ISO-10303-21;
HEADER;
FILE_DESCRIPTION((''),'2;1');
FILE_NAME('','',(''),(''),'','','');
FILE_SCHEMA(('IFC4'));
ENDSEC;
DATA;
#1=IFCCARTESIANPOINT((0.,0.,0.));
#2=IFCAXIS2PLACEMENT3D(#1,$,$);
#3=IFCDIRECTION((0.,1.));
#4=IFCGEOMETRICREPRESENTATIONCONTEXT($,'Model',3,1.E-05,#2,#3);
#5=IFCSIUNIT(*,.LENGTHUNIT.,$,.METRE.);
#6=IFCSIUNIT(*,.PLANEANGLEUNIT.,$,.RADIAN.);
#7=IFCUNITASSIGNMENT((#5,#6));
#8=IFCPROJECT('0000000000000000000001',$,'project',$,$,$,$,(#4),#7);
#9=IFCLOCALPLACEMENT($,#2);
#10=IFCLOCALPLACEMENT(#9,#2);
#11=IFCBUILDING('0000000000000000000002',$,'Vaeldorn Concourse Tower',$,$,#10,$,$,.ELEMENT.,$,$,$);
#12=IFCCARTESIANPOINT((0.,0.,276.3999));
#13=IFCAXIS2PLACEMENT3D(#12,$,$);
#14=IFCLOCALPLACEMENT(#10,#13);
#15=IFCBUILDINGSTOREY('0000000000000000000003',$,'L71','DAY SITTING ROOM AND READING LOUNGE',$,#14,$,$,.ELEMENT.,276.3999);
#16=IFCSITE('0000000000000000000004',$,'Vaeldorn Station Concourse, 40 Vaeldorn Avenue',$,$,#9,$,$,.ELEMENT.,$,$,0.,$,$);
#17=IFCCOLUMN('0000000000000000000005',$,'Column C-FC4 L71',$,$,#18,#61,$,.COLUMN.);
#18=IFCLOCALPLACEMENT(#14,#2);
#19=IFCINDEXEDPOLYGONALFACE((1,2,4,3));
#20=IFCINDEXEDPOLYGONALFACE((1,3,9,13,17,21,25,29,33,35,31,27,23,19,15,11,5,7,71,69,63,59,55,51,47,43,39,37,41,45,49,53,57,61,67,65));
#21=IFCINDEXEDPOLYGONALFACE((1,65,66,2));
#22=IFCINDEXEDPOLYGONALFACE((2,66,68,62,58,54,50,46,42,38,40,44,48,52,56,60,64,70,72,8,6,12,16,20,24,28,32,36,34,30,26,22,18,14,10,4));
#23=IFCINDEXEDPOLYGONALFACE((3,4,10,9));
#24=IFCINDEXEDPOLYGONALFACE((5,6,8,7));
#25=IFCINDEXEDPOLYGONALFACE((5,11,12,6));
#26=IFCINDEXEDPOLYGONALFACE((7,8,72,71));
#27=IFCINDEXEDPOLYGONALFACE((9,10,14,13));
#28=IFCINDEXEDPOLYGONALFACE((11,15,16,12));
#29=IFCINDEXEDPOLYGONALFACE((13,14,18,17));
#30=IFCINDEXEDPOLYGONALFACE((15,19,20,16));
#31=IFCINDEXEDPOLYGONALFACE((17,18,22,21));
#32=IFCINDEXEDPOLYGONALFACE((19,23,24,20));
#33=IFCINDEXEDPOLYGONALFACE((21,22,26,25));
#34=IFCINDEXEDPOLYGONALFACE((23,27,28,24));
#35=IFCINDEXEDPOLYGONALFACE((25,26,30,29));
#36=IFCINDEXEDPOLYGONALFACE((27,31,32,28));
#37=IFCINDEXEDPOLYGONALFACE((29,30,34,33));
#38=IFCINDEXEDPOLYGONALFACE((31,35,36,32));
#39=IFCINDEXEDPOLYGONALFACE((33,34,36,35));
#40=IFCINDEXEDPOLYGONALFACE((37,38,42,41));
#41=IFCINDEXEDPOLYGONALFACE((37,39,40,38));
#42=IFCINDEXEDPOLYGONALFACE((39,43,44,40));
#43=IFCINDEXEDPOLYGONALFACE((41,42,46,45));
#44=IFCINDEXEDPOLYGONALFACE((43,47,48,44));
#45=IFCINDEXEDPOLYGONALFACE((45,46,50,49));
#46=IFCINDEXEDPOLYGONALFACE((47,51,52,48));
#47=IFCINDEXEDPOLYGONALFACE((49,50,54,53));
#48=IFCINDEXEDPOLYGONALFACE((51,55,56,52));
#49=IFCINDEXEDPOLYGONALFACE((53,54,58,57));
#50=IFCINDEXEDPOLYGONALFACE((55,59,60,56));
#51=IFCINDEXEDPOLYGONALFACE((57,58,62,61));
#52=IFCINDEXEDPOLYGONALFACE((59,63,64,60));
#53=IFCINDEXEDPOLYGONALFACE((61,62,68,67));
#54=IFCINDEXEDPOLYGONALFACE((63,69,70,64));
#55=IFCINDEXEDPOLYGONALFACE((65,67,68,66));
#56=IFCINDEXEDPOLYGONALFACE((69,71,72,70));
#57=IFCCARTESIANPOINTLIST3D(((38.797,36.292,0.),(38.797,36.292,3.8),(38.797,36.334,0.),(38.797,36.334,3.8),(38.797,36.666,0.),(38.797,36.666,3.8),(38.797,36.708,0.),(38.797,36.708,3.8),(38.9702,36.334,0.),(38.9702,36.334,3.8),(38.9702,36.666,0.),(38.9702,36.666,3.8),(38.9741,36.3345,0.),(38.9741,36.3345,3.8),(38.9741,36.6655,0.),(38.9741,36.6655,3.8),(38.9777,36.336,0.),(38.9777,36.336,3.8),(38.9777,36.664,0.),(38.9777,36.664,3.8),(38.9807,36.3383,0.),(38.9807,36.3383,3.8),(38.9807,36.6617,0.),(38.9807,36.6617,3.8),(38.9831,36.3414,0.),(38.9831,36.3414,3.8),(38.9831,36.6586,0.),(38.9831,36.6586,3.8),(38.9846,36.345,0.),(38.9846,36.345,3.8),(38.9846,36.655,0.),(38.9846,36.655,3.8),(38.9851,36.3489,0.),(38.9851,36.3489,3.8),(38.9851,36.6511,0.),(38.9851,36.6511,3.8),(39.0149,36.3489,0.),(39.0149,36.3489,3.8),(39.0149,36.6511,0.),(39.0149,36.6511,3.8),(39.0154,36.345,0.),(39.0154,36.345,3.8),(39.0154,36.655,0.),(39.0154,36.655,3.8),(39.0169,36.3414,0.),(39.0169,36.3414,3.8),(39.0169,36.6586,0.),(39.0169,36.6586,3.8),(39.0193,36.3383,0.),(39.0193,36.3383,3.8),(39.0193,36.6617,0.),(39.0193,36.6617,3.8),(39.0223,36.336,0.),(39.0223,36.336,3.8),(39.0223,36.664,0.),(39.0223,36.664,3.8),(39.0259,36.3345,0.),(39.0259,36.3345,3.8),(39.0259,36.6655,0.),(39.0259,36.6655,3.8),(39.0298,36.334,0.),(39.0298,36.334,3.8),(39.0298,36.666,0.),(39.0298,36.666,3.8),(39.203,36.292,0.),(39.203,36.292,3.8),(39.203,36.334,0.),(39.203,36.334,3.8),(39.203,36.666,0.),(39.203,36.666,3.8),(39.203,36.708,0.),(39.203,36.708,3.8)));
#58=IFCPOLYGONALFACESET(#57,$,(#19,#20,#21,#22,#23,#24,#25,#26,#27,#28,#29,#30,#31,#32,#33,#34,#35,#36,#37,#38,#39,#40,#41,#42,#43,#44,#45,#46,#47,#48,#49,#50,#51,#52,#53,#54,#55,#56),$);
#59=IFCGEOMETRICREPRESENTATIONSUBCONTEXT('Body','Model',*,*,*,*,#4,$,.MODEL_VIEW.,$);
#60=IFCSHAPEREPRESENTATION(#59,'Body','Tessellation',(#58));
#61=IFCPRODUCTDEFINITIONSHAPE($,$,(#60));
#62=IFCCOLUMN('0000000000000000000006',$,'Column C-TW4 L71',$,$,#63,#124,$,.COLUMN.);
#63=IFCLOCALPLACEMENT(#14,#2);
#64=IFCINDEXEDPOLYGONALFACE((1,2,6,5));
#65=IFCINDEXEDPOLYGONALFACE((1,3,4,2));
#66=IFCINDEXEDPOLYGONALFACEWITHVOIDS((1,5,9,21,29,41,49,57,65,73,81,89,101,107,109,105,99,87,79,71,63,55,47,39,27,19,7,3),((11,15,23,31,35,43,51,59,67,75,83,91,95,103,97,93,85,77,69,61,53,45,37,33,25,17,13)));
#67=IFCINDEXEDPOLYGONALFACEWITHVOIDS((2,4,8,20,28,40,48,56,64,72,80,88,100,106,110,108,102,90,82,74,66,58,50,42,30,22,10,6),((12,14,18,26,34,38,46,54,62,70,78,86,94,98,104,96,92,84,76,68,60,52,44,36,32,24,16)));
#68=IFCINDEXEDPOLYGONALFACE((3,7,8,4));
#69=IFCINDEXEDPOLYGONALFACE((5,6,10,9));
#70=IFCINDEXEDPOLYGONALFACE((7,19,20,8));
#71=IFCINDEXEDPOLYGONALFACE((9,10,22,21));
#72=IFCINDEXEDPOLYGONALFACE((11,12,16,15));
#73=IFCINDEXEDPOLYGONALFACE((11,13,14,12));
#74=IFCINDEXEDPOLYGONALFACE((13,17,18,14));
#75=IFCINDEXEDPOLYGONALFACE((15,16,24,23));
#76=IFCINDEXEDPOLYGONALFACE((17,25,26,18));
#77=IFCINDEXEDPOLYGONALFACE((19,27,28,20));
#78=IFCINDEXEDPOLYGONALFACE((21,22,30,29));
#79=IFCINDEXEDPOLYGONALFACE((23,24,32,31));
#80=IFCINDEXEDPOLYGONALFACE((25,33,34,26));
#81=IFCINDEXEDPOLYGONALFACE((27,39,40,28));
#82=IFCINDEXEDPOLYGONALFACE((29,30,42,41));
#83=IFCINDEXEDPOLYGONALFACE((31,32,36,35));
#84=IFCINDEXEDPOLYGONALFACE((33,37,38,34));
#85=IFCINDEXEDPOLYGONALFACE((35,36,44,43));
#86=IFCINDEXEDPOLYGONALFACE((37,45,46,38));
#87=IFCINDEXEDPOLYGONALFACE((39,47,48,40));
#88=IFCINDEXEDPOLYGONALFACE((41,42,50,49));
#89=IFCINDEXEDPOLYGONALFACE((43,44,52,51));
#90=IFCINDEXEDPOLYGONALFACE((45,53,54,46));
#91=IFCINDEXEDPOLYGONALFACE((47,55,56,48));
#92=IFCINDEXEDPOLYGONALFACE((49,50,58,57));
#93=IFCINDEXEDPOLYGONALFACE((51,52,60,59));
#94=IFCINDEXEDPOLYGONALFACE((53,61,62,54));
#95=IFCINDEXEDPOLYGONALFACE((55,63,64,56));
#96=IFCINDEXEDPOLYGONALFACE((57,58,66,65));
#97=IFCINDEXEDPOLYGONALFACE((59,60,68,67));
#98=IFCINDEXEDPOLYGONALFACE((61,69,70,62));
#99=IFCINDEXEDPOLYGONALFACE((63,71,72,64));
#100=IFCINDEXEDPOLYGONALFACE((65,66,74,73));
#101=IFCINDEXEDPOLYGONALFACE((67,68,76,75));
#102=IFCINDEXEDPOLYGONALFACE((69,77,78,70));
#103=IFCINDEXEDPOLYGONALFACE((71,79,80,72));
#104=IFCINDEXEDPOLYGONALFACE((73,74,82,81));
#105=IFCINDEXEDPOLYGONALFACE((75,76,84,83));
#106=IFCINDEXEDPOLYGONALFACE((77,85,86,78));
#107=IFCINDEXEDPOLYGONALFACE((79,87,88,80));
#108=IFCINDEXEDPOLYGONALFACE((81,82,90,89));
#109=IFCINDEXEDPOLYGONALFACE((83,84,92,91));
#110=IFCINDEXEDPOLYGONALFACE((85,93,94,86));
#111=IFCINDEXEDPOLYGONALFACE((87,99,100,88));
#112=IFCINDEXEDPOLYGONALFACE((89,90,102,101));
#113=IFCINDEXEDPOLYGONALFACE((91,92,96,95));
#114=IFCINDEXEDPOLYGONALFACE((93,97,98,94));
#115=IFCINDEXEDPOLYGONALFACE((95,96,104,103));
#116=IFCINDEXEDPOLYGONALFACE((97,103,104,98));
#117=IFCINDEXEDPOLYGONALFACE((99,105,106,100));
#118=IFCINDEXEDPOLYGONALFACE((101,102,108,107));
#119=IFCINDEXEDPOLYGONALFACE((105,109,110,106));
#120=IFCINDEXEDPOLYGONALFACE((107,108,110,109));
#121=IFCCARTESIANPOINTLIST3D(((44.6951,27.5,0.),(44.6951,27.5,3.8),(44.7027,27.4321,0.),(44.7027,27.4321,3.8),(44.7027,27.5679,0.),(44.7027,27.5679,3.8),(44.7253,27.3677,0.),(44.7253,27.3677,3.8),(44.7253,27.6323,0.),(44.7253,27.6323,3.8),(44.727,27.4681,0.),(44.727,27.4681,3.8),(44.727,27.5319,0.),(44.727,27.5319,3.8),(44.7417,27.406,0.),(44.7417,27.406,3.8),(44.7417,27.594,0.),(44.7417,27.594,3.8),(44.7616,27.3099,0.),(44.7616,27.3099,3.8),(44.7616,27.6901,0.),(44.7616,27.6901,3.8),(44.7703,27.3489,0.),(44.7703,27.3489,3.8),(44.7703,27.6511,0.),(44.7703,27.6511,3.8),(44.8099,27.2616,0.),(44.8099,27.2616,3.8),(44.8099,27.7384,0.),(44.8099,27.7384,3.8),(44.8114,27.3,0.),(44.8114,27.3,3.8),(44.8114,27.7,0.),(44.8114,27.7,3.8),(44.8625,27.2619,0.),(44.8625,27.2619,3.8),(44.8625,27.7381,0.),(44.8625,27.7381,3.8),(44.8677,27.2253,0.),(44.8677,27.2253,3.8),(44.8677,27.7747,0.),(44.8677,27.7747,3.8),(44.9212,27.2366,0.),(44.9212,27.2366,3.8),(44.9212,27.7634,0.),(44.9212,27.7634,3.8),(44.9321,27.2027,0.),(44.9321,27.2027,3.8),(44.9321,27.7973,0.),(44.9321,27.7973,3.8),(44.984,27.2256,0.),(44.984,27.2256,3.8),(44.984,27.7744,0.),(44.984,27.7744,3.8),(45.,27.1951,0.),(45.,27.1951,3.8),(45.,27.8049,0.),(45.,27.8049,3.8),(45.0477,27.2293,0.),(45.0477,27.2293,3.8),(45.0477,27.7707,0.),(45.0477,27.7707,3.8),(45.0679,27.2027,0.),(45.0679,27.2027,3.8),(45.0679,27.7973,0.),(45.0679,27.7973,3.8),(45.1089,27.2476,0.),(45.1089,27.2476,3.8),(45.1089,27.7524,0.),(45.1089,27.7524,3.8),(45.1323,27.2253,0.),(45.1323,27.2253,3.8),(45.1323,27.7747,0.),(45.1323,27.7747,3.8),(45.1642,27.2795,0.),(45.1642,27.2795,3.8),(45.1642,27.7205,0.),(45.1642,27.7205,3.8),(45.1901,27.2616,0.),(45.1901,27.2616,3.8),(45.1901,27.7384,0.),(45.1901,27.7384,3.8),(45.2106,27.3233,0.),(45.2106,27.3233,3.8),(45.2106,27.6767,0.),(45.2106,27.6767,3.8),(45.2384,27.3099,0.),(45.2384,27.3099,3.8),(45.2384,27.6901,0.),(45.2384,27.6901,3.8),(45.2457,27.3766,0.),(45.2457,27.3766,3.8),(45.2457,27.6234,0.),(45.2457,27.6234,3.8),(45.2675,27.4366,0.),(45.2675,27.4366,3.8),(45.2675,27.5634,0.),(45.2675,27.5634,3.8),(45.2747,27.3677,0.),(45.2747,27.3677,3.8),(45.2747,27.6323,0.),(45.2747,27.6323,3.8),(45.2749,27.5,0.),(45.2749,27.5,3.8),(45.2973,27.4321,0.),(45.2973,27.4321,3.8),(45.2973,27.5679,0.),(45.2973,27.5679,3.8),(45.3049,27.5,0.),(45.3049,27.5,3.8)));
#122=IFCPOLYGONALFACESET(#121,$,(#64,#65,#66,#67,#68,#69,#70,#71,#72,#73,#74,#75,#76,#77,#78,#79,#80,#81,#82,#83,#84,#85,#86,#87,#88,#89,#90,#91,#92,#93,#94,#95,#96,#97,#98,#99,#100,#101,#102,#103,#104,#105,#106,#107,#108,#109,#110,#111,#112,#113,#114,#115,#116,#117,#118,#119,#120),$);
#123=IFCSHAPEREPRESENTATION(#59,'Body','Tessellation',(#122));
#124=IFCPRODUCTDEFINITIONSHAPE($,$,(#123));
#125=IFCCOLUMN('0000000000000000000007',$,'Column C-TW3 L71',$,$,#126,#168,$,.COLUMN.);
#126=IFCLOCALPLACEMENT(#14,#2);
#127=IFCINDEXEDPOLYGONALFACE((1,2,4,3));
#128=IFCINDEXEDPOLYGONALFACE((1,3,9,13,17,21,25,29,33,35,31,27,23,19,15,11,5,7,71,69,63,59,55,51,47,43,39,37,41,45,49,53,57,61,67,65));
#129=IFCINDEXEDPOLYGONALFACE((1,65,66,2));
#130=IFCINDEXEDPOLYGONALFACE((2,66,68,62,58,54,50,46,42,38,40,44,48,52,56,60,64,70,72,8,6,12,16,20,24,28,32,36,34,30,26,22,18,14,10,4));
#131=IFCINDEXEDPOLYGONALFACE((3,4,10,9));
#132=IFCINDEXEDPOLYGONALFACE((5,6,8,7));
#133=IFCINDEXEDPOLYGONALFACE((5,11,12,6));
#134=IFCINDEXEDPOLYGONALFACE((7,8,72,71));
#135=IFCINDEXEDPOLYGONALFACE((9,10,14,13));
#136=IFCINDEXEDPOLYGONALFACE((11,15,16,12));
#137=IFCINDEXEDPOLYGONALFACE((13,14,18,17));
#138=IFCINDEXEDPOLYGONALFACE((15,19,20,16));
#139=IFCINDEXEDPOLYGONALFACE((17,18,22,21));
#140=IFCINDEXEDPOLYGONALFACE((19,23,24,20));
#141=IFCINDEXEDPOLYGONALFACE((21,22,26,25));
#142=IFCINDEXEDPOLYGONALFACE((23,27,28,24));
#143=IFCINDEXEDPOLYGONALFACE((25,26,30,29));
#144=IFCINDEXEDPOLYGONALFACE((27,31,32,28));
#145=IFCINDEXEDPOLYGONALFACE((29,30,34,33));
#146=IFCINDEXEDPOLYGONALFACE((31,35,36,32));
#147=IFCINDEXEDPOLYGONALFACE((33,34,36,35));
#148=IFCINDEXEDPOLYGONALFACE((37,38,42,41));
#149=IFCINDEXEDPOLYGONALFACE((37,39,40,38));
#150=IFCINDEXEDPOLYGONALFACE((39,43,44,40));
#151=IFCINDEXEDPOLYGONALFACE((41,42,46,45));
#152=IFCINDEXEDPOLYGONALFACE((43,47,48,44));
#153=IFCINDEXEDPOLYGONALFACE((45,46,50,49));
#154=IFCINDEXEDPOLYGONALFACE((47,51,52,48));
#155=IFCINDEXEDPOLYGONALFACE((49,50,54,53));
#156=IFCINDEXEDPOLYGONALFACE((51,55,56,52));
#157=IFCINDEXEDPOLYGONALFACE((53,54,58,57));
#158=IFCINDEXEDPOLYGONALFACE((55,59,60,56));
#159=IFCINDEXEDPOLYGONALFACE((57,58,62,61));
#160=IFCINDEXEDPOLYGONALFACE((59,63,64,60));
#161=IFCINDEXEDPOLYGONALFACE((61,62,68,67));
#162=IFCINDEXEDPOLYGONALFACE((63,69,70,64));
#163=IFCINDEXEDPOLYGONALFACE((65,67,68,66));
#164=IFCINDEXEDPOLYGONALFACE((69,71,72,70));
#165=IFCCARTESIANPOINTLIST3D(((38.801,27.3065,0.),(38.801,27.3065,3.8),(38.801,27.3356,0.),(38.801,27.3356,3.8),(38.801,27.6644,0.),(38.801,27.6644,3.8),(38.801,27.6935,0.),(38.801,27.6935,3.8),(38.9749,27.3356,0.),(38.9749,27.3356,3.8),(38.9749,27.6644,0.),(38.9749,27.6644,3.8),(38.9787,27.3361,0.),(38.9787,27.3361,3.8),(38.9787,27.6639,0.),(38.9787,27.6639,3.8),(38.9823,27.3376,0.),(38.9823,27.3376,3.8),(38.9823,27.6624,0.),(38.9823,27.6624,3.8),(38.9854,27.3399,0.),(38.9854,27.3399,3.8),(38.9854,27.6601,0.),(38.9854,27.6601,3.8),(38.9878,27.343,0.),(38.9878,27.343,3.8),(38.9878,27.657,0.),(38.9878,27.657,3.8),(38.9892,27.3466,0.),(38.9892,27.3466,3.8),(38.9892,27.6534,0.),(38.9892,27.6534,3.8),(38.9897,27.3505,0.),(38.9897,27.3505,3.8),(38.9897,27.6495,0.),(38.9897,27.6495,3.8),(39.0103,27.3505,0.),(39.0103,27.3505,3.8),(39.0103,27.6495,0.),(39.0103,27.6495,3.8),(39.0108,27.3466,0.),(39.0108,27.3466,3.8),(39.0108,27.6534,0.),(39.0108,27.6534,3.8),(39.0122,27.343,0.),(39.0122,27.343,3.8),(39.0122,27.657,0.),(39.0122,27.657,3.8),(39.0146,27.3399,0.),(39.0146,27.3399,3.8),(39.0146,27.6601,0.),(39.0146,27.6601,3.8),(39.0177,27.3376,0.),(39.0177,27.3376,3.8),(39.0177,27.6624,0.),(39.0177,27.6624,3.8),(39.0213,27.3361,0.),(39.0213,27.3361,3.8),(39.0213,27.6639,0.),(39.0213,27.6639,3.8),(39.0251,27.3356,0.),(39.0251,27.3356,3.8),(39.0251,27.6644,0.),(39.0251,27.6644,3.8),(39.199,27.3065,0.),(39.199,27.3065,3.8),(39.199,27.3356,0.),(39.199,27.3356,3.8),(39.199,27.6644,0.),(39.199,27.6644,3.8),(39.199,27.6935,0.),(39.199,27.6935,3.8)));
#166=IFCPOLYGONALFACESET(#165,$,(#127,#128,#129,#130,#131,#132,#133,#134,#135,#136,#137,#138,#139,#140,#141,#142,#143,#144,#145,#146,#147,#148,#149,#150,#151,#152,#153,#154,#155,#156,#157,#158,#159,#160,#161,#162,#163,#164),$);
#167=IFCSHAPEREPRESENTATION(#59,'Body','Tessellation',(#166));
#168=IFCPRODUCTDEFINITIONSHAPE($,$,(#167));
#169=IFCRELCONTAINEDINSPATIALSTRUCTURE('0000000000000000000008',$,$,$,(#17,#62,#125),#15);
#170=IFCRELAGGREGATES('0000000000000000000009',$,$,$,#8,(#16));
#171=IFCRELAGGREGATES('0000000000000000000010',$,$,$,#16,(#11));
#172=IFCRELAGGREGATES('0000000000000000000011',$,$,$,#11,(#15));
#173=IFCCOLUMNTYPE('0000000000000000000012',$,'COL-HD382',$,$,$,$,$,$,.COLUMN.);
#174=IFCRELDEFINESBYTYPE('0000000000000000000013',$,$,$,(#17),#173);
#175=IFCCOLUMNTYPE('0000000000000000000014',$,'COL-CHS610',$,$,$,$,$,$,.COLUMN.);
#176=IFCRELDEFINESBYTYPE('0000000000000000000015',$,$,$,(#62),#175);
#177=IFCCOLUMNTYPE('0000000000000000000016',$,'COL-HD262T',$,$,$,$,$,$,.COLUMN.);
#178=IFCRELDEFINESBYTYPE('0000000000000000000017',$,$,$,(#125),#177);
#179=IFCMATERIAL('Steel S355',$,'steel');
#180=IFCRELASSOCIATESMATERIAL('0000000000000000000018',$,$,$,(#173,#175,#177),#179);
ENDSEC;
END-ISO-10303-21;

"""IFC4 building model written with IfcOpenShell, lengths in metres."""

from ifc_helpers import new_model, si_unit, direction, frame, origin, origin_2d, place, context, subcontext, project, spatial, hollow_circle, i_section, extrude, source, transform, mapped, material, material_profile, profile_set, type_object, element, save


model = new_model("IFC4")

# Units and contexts
model_context = context("Model", 3, precision=1e-05, world=origin(), true_north=direction((0.0, 1.0)))
body_context = subcontext(model_context, "Body", "Model", "MODEL_VIEW")
ifc_project = project(units=[si_unit("LENGTHUNIT", "METRE"), si_unit("PLANEANGLEUNIT", "RADIAN")], contexts=[model_context])

# Site, building, storey
site_placement = place(None, origin())
site = spatial("IfcSite", under=ifc_project, at=site_placement, Name="Vaeldorn Station Concourse, 40 Vaeldorn Avenue", CompositionType="ELEMENT", RefElevation=0.0)
building_placement = place(site_placement, origin())
building = spatial("IfcBuilding", under=site, at=building_placement, Name="Vaeldorn Concourse Tower", CompositionType="ELEMENT")
storey_placement = place(building_placement, frame((0.0, 0.0, 276.3999)))
storey = spatial("IfcBuildingStorey", under=building, at=storey_placement, Name="L71", Description="DAY SITTING ROOM AND READING LOUNGE", CompositionType="ELEMENT", Elevation=276.3999)

# Columns
ifc_material_1 = material(Name="Steel S355", Category="steel")
ifc_material_profile_1 = material_profile(ifc_material_1, i_section(OverallWidth=0.406, OverallDepth=0.416, WebThickness=0.0298, FlangeThickness=0.042, FilletRadius=0.0149, at=origin_2d()), Name="HD 400x382")
ifc_profile_set_1 = profile_set([ifc_material_profile_1], Name="Steel S355")
column_type_1 = type_object("IfcColumnType", Name="COL-HD382", PredefinedType="COLUMN", material=ifc_profile_set_1)
shared_shape_1 = source(origin(), body_context, "Body", "SweptSolid", [
    extrude(i_section(OverallWidth=0.406, OverallDepth=0.416, WebThickness=0.0298, FlangeThickness=0.042, FilletRadius=0.0149, at=origin_2d()), origin(), (0.0, 0.0, 1.0), 3.8),
])
column_1_placement = place(storey_placement, frame((39.0, 36.5, 0.0), z_axis=(0.0, 0.0, 1.0), x_axis=(1.0, 0.0, 0.0)))
element("IfcColumn", 1, at=column_1_placement, inside=storey, type_object=column_type_1, Name="Column C-FC4 L71", PredefinedType="COLUMN", context=body_context, shape_type="MappedRepresentation", body=[
    mapped(shared_shape_1, transform((0.0, 0.0, 0.0), scale=1.0)),
])
ifc_material_profile_2 = material_profile(ifc_material_1, hollow_circle(Radius=0.3049, WallThickness=0.03, at=origin_2d()), Name="CHS 610x30")
ifc_profile_set_2 = profile_set([ifc_material_profile_2], Name="Steel S355")
column_type_2 = type_object("IfcColumnType", Name="COL-CHS610", PredefinedType="COLUMN", material=ifc_profile_set_2)
shared_shape_2 = source(origin(), body_context, "Body", "SweptSolid", [
    extrude(hollow_circle(Radius=0.3049, WallThickness=0.03, at=origin_2d()), origin(), (0.0, 0.0, 1.0), 3.8),
])
column_2_placement = place(storey_placement, frame((45.0, 27.5, 0.0), z_axis=(0.0, 0.0, 1.0), x_axis=(1.0, 0.0, 0.0)))
element("IfcColumn", 2, at=column_2_placement, inside=storey, type_object=column_type_2, Name="Column C-TW4 L71", PredefinedType="COLUMN", context=body_context, shape_type="MappedRepresentation", body=[
    mapped(shared_shape_2, transform((0.0, 0.0, 0.0), scale=1.0)),
])
ifc_material_profile_3 = material_profile(ifc_material_1, i_section(OverallWidth=0.3979, OverallDepth=0.387, WebThickness=0.0205, FlangeThickness=0.0291, FilletRadius=0.0149, at=origin_2d()), Name="HD 400x262")
ifc_profile_set_3 = profile_set([ifc_material_profile_3], Name="Steel S355")
column_type_3 = type_object("IfcColumnType", Name="COL-HD262T", PredefinedType="COLUMN", material=ifc_profile_set_3)
shared_shape_3 = source(origin(), body_context, "Body", "SweptSolid", [
    extrude(i_section(OverallWidth=0.3979, OverallDepth=0.387, WebThickness=0.0205, FlangeThickness=0.0291, FilletRadius=0.0149, at=origin_2d()), origin(), (0.0, 0.0, 1.0), 3.8),
])
for number, where, z_axis, x_axis, name in (
    (3, (39.0, 27.5, 0.0), (0.0, 0.0, 1.0), (1.0, 0.0, 0.0), "Column C-TW3 L71"),
):
    element("IfcColumn", number, at=place(storey_placement, frame(where, z_axis=z_axis, x_axis=x_axis)), inside=storey, type_object=column_type_3, Name=name, PredefinedType="COLUMN", context=body_context, shape_type="MappedRepresentation", body=[
        mapped(shared_shape_3, transform((0.0, 0.0, 0.0), scale=1.0)),
    ])

save(model, "model.ifc")
